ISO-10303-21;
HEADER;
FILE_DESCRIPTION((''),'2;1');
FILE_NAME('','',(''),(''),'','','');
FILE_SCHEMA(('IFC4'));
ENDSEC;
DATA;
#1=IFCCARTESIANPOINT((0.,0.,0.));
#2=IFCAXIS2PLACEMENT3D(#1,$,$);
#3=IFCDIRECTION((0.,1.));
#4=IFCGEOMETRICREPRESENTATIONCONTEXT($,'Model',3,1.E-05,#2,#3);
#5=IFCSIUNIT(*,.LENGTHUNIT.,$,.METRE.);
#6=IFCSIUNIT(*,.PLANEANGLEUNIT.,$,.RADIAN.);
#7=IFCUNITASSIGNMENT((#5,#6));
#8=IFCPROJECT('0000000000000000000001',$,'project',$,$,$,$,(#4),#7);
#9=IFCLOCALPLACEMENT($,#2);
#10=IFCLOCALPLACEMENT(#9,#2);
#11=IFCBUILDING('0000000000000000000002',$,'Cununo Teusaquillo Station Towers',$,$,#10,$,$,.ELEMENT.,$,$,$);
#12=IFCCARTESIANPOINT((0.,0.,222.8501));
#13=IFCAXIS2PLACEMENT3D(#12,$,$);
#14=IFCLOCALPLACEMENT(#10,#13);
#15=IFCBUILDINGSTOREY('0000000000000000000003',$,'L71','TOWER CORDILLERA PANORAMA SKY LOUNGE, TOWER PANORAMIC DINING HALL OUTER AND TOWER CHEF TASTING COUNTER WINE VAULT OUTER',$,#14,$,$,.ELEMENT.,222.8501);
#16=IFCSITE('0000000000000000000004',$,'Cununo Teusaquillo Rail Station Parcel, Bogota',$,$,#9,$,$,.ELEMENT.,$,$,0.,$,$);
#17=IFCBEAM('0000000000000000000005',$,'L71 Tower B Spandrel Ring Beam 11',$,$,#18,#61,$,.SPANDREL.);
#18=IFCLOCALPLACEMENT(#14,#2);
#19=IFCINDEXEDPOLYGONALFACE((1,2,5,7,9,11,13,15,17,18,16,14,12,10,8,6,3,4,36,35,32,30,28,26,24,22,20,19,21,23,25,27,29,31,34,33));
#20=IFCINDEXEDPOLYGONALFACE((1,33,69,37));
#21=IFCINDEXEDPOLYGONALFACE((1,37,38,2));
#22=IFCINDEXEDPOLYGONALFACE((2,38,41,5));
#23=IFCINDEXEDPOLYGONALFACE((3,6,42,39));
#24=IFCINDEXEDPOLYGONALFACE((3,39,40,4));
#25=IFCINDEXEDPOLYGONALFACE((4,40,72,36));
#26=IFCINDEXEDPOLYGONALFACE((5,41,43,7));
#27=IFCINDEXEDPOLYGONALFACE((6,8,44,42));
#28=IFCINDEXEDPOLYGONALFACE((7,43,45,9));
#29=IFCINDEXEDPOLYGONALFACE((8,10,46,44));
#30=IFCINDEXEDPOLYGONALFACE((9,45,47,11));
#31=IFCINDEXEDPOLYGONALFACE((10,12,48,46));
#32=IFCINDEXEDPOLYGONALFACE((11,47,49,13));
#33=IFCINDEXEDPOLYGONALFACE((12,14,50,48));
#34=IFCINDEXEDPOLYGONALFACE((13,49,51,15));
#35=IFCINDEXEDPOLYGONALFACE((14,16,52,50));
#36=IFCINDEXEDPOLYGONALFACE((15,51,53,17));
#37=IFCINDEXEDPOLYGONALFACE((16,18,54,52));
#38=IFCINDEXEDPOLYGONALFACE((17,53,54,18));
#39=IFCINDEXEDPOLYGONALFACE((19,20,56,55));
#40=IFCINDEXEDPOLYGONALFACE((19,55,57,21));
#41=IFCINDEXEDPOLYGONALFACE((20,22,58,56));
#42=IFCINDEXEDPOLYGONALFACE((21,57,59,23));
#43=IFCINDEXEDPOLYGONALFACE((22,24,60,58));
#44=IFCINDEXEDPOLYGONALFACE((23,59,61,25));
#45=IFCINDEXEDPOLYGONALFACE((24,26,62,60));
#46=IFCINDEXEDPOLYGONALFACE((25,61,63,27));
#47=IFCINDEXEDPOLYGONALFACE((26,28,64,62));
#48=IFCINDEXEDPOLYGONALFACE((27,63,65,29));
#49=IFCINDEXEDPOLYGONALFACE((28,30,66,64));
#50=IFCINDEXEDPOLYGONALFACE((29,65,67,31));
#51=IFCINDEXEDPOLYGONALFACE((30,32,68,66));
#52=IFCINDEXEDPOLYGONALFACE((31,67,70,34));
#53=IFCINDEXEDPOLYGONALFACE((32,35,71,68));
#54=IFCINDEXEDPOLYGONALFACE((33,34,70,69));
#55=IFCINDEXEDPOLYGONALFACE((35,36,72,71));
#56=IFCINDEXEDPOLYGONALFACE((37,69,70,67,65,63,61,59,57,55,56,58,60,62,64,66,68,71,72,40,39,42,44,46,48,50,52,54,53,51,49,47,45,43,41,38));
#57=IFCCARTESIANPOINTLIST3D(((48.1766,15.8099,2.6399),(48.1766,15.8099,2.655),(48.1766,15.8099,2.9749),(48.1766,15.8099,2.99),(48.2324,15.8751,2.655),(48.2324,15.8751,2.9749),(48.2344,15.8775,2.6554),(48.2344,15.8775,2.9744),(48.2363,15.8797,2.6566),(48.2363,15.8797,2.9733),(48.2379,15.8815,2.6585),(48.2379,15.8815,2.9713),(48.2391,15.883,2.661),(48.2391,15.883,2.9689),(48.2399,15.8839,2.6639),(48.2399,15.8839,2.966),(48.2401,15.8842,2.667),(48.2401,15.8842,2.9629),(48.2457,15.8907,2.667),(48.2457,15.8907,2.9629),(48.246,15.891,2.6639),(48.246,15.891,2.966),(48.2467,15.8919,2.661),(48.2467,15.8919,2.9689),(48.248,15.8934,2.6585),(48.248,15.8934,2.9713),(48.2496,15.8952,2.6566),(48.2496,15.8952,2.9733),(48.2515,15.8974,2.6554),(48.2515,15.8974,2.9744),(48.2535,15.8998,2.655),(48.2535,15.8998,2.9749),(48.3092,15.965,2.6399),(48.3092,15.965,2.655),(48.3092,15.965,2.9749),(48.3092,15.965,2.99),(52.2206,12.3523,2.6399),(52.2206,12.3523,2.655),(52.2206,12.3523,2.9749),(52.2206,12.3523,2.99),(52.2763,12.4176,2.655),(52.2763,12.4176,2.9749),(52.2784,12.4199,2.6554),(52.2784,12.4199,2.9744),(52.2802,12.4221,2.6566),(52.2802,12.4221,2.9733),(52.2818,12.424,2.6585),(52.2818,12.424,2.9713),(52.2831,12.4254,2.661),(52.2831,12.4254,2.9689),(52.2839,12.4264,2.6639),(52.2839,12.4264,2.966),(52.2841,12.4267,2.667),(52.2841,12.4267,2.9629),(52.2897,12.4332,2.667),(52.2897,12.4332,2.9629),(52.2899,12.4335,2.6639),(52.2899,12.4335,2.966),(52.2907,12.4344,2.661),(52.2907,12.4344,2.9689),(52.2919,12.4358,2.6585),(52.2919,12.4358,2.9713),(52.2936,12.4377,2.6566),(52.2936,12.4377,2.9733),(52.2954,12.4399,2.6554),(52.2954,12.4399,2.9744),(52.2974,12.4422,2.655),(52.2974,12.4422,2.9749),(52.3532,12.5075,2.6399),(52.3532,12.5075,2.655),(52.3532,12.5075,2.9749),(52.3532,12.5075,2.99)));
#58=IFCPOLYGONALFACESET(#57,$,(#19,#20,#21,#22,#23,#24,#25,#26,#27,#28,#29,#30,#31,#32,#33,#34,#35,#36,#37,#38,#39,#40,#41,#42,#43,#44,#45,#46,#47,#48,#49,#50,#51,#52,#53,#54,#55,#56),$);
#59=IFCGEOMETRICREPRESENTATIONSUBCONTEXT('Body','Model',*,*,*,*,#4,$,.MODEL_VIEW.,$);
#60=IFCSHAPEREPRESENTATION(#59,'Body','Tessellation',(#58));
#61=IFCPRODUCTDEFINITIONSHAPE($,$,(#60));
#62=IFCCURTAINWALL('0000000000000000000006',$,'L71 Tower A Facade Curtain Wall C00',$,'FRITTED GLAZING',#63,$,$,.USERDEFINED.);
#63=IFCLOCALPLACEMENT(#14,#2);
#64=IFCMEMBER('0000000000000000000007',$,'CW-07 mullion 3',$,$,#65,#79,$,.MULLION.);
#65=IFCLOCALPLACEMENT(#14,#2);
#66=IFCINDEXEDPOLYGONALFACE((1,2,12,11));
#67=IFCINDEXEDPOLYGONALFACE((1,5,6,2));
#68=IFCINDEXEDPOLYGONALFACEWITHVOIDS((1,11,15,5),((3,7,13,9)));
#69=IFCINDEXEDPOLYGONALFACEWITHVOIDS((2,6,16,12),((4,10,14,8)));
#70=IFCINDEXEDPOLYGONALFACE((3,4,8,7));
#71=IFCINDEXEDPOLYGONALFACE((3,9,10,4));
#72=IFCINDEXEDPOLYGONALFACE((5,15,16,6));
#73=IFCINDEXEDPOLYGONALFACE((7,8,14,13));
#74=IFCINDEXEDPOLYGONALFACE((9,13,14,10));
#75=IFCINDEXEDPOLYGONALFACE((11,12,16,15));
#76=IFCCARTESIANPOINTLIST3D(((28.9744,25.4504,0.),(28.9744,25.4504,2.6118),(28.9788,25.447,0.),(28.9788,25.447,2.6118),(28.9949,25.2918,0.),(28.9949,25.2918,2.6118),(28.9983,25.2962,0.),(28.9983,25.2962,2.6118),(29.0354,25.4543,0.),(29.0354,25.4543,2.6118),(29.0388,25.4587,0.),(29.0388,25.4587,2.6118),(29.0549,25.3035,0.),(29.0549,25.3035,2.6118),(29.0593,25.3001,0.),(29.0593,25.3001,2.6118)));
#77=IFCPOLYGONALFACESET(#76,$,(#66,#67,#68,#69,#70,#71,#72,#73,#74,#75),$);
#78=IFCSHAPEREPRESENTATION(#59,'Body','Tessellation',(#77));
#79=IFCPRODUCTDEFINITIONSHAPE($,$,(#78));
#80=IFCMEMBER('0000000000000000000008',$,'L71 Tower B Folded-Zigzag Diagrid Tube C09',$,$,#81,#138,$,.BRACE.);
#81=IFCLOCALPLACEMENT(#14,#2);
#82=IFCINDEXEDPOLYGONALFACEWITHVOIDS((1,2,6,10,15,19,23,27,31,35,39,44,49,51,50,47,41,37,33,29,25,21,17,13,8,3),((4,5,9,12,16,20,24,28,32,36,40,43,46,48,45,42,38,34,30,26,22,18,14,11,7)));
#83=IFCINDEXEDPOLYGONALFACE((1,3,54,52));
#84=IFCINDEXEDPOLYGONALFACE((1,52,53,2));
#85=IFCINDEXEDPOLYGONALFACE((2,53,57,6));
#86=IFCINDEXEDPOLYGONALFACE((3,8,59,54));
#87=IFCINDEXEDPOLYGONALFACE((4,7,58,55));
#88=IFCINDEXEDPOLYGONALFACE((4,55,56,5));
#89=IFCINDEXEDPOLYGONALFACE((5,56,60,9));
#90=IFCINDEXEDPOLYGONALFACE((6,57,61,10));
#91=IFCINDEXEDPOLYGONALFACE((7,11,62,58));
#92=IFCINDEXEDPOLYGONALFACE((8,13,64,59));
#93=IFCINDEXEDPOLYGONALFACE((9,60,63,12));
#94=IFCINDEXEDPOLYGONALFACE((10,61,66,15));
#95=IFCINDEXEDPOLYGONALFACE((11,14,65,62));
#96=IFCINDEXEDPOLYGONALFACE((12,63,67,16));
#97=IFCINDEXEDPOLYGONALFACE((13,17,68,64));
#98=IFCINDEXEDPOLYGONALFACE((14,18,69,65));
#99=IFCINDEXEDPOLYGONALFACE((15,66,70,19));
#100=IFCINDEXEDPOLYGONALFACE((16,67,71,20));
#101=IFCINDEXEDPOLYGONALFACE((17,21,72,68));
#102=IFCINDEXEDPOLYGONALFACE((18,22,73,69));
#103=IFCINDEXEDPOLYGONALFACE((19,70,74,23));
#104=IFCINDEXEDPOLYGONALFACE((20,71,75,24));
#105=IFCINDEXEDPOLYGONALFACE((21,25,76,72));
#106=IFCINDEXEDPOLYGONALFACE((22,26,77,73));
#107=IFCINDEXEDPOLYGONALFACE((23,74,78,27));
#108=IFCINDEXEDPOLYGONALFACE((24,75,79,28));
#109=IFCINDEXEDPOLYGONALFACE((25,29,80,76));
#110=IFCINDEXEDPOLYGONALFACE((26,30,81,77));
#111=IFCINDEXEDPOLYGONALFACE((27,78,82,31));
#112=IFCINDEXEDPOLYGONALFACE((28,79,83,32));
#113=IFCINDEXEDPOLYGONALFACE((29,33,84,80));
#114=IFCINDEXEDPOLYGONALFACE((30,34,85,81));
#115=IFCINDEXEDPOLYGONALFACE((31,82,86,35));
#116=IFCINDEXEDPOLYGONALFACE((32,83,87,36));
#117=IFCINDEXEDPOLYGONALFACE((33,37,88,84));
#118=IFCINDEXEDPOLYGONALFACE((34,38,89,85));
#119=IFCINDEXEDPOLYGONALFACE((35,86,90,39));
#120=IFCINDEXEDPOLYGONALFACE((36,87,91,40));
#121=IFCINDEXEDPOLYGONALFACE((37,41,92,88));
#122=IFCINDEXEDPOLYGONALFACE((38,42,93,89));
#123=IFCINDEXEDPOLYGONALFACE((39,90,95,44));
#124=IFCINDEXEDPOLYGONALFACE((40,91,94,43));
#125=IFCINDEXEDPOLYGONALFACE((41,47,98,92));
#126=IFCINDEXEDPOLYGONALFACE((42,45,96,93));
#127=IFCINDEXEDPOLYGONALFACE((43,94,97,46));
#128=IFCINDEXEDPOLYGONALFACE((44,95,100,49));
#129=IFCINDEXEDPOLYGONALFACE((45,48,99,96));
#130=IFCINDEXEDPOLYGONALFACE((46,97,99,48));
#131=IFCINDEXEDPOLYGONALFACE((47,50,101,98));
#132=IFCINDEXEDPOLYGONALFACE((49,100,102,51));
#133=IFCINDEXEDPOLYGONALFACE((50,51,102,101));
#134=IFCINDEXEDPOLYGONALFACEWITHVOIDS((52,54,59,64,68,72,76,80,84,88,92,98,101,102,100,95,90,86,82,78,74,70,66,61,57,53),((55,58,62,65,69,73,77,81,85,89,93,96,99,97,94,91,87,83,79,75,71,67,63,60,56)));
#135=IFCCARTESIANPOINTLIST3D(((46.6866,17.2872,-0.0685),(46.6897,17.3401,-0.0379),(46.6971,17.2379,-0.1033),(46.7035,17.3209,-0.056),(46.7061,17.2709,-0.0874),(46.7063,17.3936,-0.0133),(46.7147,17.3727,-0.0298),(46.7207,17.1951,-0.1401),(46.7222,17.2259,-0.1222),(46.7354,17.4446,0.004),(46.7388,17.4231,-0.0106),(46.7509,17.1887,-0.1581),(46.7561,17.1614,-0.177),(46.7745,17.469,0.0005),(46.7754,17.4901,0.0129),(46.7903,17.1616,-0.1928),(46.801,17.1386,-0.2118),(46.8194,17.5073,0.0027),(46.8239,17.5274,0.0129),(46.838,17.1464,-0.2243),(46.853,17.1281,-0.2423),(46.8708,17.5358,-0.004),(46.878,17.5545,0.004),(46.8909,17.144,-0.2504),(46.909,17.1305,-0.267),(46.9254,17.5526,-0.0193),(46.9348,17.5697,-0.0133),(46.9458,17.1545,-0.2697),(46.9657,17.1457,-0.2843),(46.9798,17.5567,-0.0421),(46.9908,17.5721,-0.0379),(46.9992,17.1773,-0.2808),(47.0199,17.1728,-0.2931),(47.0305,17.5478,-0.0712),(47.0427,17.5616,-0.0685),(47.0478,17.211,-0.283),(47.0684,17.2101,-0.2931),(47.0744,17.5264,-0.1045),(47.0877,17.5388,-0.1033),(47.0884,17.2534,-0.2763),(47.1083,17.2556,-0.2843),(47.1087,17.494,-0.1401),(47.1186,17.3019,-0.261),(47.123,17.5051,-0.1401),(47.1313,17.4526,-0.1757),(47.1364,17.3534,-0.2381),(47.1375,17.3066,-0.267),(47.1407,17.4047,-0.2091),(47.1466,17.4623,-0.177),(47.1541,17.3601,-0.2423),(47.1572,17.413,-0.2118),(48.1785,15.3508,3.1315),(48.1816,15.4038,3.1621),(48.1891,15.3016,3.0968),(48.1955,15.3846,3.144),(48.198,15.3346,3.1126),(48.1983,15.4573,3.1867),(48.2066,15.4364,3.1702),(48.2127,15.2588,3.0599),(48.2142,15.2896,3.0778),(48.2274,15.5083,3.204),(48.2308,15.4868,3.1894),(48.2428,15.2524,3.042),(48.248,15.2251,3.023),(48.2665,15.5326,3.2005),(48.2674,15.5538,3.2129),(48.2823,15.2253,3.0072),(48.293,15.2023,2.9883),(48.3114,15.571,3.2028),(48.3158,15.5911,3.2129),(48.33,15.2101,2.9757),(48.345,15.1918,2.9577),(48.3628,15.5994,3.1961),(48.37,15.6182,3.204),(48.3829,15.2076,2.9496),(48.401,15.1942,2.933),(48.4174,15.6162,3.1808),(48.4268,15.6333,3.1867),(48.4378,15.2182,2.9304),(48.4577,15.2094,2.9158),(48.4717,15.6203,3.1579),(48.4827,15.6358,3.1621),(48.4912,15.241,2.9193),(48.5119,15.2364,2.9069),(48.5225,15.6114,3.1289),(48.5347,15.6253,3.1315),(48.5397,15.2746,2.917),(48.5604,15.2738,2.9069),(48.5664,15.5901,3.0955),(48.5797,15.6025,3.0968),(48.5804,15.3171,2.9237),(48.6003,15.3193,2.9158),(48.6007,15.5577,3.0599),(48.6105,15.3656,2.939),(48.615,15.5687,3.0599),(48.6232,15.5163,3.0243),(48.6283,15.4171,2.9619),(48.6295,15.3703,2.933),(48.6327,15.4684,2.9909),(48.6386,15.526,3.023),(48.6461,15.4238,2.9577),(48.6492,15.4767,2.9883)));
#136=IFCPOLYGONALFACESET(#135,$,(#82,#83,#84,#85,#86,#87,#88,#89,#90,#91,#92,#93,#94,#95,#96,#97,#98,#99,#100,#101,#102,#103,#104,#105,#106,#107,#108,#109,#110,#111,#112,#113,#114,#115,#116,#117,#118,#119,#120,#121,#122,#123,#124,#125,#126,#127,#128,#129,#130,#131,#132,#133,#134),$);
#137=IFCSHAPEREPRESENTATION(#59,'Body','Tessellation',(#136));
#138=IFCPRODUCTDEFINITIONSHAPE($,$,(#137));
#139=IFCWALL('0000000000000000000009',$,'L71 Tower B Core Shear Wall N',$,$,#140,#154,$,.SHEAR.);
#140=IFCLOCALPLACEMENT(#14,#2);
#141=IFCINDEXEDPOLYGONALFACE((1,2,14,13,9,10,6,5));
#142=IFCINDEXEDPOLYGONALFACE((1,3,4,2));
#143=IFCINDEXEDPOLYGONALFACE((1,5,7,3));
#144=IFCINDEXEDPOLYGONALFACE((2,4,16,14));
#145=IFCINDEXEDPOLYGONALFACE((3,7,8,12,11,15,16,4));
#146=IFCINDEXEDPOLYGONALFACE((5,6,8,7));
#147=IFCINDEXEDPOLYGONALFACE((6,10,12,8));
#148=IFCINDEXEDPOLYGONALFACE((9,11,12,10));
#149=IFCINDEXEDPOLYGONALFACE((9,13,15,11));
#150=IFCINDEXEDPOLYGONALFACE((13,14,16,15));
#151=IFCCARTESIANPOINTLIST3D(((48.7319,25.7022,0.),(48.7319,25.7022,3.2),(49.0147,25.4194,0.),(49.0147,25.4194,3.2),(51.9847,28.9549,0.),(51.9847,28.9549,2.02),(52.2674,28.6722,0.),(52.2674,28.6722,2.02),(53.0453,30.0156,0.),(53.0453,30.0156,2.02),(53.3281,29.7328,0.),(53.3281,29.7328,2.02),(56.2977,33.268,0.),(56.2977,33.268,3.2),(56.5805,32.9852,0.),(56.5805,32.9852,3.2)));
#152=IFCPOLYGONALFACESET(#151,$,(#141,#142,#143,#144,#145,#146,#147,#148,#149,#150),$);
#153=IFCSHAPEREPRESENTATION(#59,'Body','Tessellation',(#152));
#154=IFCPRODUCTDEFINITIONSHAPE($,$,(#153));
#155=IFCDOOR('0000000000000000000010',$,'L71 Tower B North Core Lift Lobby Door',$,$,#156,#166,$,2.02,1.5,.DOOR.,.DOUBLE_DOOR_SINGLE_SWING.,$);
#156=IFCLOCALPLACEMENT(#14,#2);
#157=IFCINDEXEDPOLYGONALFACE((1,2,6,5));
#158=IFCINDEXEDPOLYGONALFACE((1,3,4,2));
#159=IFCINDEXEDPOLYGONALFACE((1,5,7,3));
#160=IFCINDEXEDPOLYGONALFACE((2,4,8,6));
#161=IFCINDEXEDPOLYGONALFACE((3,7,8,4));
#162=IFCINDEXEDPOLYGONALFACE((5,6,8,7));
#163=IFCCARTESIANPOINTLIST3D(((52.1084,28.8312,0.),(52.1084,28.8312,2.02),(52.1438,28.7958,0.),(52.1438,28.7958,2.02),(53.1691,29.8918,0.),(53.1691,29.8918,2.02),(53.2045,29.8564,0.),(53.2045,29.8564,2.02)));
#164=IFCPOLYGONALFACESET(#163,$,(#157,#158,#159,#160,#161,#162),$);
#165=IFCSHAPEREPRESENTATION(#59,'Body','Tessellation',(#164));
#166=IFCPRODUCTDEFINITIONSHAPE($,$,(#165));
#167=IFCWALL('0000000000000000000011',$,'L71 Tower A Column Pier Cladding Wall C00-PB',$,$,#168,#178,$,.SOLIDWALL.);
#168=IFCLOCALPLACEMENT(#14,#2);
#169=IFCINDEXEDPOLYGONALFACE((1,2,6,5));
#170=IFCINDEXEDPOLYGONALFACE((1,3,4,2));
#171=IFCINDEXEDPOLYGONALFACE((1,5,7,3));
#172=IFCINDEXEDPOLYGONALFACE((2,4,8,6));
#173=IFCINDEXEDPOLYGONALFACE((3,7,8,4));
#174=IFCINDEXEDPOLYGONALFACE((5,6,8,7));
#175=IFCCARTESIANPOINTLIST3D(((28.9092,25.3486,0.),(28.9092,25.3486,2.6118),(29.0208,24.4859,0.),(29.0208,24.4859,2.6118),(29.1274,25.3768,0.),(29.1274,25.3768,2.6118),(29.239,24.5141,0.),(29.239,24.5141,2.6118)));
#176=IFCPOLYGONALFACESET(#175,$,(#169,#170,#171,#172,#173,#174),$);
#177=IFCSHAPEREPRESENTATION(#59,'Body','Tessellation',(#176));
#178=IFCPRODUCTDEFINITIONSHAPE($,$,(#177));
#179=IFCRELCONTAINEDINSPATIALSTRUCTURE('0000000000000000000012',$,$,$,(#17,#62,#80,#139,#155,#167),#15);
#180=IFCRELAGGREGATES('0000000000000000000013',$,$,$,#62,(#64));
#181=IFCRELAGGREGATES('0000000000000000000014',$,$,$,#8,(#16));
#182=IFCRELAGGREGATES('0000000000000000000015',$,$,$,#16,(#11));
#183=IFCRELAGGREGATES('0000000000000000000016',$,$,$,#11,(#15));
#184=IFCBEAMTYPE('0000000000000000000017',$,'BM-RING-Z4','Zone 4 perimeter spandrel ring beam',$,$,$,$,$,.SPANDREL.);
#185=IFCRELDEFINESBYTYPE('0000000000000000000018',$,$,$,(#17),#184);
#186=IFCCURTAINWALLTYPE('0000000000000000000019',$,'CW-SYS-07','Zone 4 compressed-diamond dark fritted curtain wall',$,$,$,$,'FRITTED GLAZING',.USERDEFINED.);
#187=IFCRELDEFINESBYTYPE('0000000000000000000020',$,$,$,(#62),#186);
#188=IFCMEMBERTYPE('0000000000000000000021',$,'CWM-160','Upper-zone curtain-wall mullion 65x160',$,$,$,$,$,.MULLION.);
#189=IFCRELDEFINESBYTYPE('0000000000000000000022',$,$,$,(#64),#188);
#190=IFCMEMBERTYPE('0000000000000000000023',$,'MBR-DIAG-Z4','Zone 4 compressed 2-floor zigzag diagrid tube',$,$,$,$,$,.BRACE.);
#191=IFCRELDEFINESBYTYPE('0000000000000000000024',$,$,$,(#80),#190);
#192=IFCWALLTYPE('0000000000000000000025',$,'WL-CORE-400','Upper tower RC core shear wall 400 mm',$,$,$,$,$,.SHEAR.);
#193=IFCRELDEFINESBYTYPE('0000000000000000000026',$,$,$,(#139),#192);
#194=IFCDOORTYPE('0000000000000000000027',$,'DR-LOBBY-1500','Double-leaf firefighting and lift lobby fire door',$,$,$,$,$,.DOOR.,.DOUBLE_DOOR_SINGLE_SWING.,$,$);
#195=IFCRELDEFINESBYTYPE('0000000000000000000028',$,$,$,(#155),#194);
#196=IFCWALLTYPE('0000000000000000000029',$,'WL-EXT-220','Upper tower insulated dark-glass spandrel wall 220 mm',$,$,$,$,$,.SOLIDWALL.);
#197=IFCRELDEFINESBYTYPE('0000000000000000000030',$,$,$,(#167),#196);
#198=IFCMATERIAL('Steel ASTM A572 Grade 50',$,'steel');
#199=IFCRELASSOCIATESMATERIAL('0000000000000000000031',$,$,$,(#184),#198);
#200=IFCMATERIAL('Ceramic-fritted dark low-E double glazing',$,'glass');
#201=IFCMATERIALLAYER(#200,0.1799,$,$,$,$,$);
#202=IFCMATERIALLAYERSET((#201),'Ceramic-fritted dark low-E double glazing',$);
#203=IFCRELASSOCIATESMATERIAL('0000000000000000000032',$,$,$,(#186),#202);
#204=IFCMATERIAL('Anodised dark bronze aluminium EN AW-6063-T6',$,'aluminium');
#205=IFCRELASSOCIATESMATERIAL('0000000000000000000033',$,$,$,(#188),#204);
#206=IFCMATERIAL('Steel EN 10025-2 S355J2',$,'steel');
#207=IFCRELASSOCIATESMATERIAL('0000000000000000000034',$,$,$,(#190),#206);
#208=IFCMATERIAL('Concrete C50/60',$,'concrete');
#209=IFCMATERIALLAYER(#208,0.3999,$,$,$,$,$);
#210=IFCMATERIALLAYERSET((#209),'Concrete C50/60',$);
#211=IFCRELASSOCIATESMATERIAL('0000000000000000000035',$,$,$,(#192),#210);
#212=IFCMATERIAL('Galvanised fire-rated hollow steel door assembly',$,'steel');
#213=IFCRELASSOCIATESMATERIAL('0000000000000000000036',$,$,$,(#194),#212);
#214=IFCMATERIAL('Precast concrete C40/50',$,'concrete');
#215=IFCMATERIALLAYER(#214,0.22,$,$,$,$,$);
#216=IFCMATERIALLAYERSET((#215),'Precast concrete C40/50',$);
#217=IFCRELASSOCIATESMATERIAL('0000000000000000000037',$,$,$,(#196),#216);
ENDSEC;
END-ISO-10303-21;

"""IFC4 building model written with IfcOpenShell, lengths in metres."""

from ifc_helpers import new_model, si_unit, direction, frame, frame_2d, origin, origin_2d, place, context, subcontext, project, spatial, rectangle, hollow_rectangle, hollow_circle, i_section, extrude, source, transform, mapped, material, layer, layer_set, material_profile, profile_set, type_object, element, fill, aggregate, save


model = new_model("IFC4")

# Units and contexts
model_context = context("Model", 3, precision=1e-05, world=origin(), true_north=direction((0.0, 1.0)))
body_context = subcontext(model_context, "Body", "Model", "MODEL_VIEW")
ifc_project = project(units=[si_unit("LENGTHUNIT", "METRE"), si_unit("PLANEANGLEUNIT", "RADIAN")], contexts=[model_context])

# Site, building, storey
site_placement = place(None, origin())
site = spatial("IfcSite", under=ifc_project, at=site_placement, Name="Cununo Teusaquillo Rail Station Parcel, Bogota", CompositionType="ELEMENT", RefElevation=0.0)
building_placement = place(site_placement, origin())
building = spatial("IfcBuilding", under=site, at=building_placement, Name="Cununo Teusaquillo Station Towers", CompositionType="ELEMENT")
storey_placement = place(building_placement, frame((0.0, 0.0, 222.8501)))
storey = spatial("IfcBuildingStorey", under=building, at=storey_placement, Name="L71", Description="TOWER CORDILLERA PANORAMA SKY LOUNGE, TOWER PANORAMIC DINING HALL OUTER AND TOWER CHEF TASTING COUNTER WINE VAULT OUTER", CompositionType="ELEMENT", Elevation=222.8501)

# Beam
ifc_material_1 = material(Name="Steel ASTM A572 Grade 50", Category="steel")
ifc_material_profile_1 = material_profile(ifc_material_1, i_section(OverallWidth=0.2041, OverallDepth=0.3501, WebThickness=0.0085, FlangeThickness=0.0151, FilletRadius=0.012, at=origin_2d()), Name="W14X48")
ifc_profile_set_1 = profile_set([ifc_material_profile_1], Name="Steel ASTM A572 Grade 50")
beam_type_1 = type_object("IfcBeamType", Name="BM-RING-Z4", Description="Zone 4 perimeter spandrel ring beam", PredefinedType="SPANDREL", material=ifc_profile_set_1)
beam_1_placement = place(storey_placement, frame((48.2429, 15.8875, 2.8149), z_axis=(0.760066, -0.649846, 0.0), x_axis=(0.649846, 0.760066, 0.0)))
element("IfcBeam", 1, at=beam_1_placement, inside=storey, type_object=beam_type_1, Name="L71 Tower B Spandrel Ring Beam 11", PredefinedType="SPANDREL", context=body_context, shape_type="SweptSolid", body=[
    extrude(i_section(OverallWidth=0.2041, OverallDepth=0.3501, WebThickness=0.0085, FlangeThickness=0.0151, FilletRadius=0.012, at=origin_2d()), origin(), (0.0, 0.0, 1.0), 5.3206),
])

# Curtain wall, member
ifc_material_2 = material(Name="Ceramic-fritted dark low-E double glazing", Category="glass")
ifc_layer_1 = layer(ifc_material_2, 0.1799)
ifc_layer_set_1 = layer_set([ifc_layer_1], Name="Ceramic-fritted dark low-E double glazing")
curtain_wall_type = type_object("IfcCurtainWallType", Name="CW-SYS-07", Description="Zone 4 compressed-diamond dark fritted curtain wall", ElementType="FRITTED GLAZING", PredefinedType="USERDEFINED", material=ifc_layer_set_1)
curtain_wall_placement = place(storey_placement, origin())
curtain_wall = element("IfcCurtainWall", 2, at=curtain_wall_placement, inside=storey, type_object=curtain_wall_type, Name="L71 Tower A Facade Curtain Wall C00", ObjectType="FRITTED GLAZING", PredefinedType="USERDEFINED")
ifc_material_3 = material(Name="Anodised dark bronze aluminium EN AW-6063-T6", Category="aluminium")
ifc_material_profile_2 = material_profile(ifc_material_3, hollow_rectangle(XDim=0.0649, YDim=0.1599, WallThickness=0.0039, at=origin_2d()), Name="CW-MULL-65x160")
ifc_profile_set_2 = profile_set([ifc_material_profile_2], Name="Anodised dark bronze aluminium EN AW-6063-T6")
member_type_1 = type_object("IfcMemberType", Name="CWM-160", Description="Upper-zone curtain-wall mullion 65x160", PredefinedType="MULLION", material=ifc_profile_set_2)
member_1_placement = place(storey_placement, frame((29.0168, 25.3752, 0.0), z_axis=(0.0, 0.0, 1.0), x_axis=(0.991742, 0.128253, 0.0)))
member_1 = element("IfcMember", 3, at=member_1_placement, type_object=member_type_1, Name="CW-07 mullion 3", PredefinedType="MULLION", context=body_context, shape_type="SweptSolid", body=[
    extrude(hollow_rectangle(XDim=0.0649, YDim=0.1599, WallThickness=0.0039, at=origin_2d()), origin(), (0.0, 0.0, 1.0), 2.6118),
])
aggregate(curtain_wall, [member_1])

# Member
ifc_material_4 = material(Name="Steel EN 10025-2 S355J2", Category="steel")
ifc_material_profile_3 = material_profile(ifc_material_4, hollow_circle(Radius=0.2539, WallThickness=0.0181, at=origin_2d()), Name="CHS 508x18")
ifc_profile_set_3 = profile_set([ifc_material_profile_3], Name="Steel EN 10025-2 S355J2")
member_type_2 = type_object("IfcMemberType", Name="MBR-DIAG-Z4", Description="Zone 4 compressed 2-floor zigzag diagrid tube", PredefinedType="BRACE", material=ifc_profile_set_3)
member_2_placement = place(storey_placement, frame((46.9219, 17.3501, -0.1401), z_axis=(0.370508, -0.480853, 0.794672), x_axis=(0.79213, 0.610353, 0.0)))
element("IfcMember", 4, at=member_2_placement, inside=storey, type_object=member_type_2, Name="L71 Tower B Folded-Zigzag Diagrid Tube C09", PredefinedType="BRACE", context=body_context, shape_type="SweptSolid", body=[
    extrude(hollow_circle(Radius=0.2539, WallThickness=0.0181, at=origin_2d()), origin(), (0.0, 0.0, 1.0), 4.0269),
])

# Wall, opening, door
ifc_material_5 = material(Name="Concrete C50/60", Category="concrete")
ifc_layer_2 = layer(ifc_material_5, 0.3999)
ifc_layer_set_2 = layer_set([ifc_layer_2], Name="Concrete C50/60")
wall_type_1 = type_object("IfcWallType", Name="WL-CORE-400", Description="Upper tower RC core shear wall 400 mm", PredefinedType="SHEAR", material=ifc_layer_set_2)
wall_1_placement = place(storey_placement, frame((48.8733, 25.5608, 0.0), z_axis=(0.0, 0.0, 1.0), x_axis=(0.707107, 0.707107, 0.0)))
wall_1 = element("IfcWall", 5, at=wall_1_placement, inside=storey, type_object=wall_type_1, Name="L71 Tower B Core Shear Wall N", PredefinedType="SHEAR", context=body_context, shape_type="SweptSolid", body=[
    extrude(rectangle(XDim=10.6997, YDim=0.3999, at=frame_2d((5.3499, 0.0))), origin(), (0.0, 0.0, 1.0), 3.2),
])
shared_shape_1 = source(origin(), body_context, "Body", "SweptSolid", [
    extrude(rectangle(XDim=1.5, YDim=2.02, at=frame_2d((0.75, 1.01))), frame((0.0, 0.21, 0.0), z_axis=(0.0, -1.0, 0.0), x_axis=(1.0, 0.0, 0.0)), (0.0, 0.0, 1.0), 0.4199),
])
opening_1_placement = place(wall_1_placement, frame((4.6001, 0.0, 0.0)))
opening_1 = element("IfcOpeningElement", 6, at=opening_1_placement, cuts=wall_1, PredefinedType="OPENING", context=body_context, shape_type="MappedRepresentation", body=[
    mapped(shared_shape_1, transform((0.0, 0.0, 0.0), x_axis=(1.0, 0.0, 0.0), y_axis=(0.0, 1.0, 0.0), z_axis=(0.0, 0.0, 1.0), scale=1.0)),
])
ifc_material_6 = material(Name="Galvanised fire-rated hollow steel door assembly", Category="steel")
door_type_1 = type_object("IfcDoorType", Name="DR-LOBBY-1500", Description="Double-leaf firefighting and lift lobby fire door", OperationType="DOUBLE_DOOR_SINGLE_SWING", PredefinedType="DOOR", material=ifc_material_6)
shared_shape_2 = source(origin(), body_context, "Body", "SweptSolid", [
    extrude(rectangle(XDim=1.5, YDim=2.02, at=frame_2d((0.75, 1.01))), frame((0.0, 0.0249, 0.0), z_axis=(0.0, -1.0, 0.0), x_axis=(1.0, 0.0, 0.0)), (0.0, 0.0, 1.0), 0.05),
])
door_1_placement = place(opening_1_placement, origin())
door_1 = element("IfcDoor", 7, at=door_1_placement, inside=storey, type_object=door_type_1, Name="L71 Tower B North Core Lift Lobby Door", OperationType="DOUBLE_DOOR_SINGLE_SWING", OverallHeight=2.02, OverallWidth=1.5, PredefinedType="DOOR", context=body_context, shape_type="MappedRepresentation", body=[
    mapped(shared_shape_2, transform((0.0, 0.0, 0.0), x_axis=(1.0, 0.0, 0.0), y_axis=(0.0, 1.0, 0.0), z_axis=(0.0, 0.0, 1.0), scale=1.0)),
])
fill(opening_1, door_1)

# Wall
ifc_material_7 = material(Name="Precast concrete C40/50", Category="concrete")
ifc_layer_3 = layer(ifc_material_7, 0.22)
ifc_layer_set_3 = layer_set([ifc_layer_3], Name="Precast concrete C40/50")
wall_type_2 = type_object("IfcWallType", Name="WL-EXT-220", Description="Upper tower insulated dark-glass spandrel wall 220 mm", PredefinedType="SOLIDWALL", material=ifc_layer_set_3)
wall_2_placement = place(storey_placement, frame((29.0183, 25.3628, 0.0), z_axis=(0.0, 0.0, 1.0), x_axis=(0.128247, -0.991742, 0.0)))
element("IfcWall", 8, at=wall_2_placement, inside=storey, type_object=wall_type_2, Name="L71 Tower A Column Pier Cladding Wall C00-PB", PredefinedType="SOLIDWALL", context=body_context, shape_type="SweptSolid", body=[
    extrude(rectangle(XDim=0.8699, YDim=0.22, at=frame_2d((0.4351, 0.0))), origin(), (0.0, 0.0, 1.0), 2.6118),
])

save(model, "model.ifc")
